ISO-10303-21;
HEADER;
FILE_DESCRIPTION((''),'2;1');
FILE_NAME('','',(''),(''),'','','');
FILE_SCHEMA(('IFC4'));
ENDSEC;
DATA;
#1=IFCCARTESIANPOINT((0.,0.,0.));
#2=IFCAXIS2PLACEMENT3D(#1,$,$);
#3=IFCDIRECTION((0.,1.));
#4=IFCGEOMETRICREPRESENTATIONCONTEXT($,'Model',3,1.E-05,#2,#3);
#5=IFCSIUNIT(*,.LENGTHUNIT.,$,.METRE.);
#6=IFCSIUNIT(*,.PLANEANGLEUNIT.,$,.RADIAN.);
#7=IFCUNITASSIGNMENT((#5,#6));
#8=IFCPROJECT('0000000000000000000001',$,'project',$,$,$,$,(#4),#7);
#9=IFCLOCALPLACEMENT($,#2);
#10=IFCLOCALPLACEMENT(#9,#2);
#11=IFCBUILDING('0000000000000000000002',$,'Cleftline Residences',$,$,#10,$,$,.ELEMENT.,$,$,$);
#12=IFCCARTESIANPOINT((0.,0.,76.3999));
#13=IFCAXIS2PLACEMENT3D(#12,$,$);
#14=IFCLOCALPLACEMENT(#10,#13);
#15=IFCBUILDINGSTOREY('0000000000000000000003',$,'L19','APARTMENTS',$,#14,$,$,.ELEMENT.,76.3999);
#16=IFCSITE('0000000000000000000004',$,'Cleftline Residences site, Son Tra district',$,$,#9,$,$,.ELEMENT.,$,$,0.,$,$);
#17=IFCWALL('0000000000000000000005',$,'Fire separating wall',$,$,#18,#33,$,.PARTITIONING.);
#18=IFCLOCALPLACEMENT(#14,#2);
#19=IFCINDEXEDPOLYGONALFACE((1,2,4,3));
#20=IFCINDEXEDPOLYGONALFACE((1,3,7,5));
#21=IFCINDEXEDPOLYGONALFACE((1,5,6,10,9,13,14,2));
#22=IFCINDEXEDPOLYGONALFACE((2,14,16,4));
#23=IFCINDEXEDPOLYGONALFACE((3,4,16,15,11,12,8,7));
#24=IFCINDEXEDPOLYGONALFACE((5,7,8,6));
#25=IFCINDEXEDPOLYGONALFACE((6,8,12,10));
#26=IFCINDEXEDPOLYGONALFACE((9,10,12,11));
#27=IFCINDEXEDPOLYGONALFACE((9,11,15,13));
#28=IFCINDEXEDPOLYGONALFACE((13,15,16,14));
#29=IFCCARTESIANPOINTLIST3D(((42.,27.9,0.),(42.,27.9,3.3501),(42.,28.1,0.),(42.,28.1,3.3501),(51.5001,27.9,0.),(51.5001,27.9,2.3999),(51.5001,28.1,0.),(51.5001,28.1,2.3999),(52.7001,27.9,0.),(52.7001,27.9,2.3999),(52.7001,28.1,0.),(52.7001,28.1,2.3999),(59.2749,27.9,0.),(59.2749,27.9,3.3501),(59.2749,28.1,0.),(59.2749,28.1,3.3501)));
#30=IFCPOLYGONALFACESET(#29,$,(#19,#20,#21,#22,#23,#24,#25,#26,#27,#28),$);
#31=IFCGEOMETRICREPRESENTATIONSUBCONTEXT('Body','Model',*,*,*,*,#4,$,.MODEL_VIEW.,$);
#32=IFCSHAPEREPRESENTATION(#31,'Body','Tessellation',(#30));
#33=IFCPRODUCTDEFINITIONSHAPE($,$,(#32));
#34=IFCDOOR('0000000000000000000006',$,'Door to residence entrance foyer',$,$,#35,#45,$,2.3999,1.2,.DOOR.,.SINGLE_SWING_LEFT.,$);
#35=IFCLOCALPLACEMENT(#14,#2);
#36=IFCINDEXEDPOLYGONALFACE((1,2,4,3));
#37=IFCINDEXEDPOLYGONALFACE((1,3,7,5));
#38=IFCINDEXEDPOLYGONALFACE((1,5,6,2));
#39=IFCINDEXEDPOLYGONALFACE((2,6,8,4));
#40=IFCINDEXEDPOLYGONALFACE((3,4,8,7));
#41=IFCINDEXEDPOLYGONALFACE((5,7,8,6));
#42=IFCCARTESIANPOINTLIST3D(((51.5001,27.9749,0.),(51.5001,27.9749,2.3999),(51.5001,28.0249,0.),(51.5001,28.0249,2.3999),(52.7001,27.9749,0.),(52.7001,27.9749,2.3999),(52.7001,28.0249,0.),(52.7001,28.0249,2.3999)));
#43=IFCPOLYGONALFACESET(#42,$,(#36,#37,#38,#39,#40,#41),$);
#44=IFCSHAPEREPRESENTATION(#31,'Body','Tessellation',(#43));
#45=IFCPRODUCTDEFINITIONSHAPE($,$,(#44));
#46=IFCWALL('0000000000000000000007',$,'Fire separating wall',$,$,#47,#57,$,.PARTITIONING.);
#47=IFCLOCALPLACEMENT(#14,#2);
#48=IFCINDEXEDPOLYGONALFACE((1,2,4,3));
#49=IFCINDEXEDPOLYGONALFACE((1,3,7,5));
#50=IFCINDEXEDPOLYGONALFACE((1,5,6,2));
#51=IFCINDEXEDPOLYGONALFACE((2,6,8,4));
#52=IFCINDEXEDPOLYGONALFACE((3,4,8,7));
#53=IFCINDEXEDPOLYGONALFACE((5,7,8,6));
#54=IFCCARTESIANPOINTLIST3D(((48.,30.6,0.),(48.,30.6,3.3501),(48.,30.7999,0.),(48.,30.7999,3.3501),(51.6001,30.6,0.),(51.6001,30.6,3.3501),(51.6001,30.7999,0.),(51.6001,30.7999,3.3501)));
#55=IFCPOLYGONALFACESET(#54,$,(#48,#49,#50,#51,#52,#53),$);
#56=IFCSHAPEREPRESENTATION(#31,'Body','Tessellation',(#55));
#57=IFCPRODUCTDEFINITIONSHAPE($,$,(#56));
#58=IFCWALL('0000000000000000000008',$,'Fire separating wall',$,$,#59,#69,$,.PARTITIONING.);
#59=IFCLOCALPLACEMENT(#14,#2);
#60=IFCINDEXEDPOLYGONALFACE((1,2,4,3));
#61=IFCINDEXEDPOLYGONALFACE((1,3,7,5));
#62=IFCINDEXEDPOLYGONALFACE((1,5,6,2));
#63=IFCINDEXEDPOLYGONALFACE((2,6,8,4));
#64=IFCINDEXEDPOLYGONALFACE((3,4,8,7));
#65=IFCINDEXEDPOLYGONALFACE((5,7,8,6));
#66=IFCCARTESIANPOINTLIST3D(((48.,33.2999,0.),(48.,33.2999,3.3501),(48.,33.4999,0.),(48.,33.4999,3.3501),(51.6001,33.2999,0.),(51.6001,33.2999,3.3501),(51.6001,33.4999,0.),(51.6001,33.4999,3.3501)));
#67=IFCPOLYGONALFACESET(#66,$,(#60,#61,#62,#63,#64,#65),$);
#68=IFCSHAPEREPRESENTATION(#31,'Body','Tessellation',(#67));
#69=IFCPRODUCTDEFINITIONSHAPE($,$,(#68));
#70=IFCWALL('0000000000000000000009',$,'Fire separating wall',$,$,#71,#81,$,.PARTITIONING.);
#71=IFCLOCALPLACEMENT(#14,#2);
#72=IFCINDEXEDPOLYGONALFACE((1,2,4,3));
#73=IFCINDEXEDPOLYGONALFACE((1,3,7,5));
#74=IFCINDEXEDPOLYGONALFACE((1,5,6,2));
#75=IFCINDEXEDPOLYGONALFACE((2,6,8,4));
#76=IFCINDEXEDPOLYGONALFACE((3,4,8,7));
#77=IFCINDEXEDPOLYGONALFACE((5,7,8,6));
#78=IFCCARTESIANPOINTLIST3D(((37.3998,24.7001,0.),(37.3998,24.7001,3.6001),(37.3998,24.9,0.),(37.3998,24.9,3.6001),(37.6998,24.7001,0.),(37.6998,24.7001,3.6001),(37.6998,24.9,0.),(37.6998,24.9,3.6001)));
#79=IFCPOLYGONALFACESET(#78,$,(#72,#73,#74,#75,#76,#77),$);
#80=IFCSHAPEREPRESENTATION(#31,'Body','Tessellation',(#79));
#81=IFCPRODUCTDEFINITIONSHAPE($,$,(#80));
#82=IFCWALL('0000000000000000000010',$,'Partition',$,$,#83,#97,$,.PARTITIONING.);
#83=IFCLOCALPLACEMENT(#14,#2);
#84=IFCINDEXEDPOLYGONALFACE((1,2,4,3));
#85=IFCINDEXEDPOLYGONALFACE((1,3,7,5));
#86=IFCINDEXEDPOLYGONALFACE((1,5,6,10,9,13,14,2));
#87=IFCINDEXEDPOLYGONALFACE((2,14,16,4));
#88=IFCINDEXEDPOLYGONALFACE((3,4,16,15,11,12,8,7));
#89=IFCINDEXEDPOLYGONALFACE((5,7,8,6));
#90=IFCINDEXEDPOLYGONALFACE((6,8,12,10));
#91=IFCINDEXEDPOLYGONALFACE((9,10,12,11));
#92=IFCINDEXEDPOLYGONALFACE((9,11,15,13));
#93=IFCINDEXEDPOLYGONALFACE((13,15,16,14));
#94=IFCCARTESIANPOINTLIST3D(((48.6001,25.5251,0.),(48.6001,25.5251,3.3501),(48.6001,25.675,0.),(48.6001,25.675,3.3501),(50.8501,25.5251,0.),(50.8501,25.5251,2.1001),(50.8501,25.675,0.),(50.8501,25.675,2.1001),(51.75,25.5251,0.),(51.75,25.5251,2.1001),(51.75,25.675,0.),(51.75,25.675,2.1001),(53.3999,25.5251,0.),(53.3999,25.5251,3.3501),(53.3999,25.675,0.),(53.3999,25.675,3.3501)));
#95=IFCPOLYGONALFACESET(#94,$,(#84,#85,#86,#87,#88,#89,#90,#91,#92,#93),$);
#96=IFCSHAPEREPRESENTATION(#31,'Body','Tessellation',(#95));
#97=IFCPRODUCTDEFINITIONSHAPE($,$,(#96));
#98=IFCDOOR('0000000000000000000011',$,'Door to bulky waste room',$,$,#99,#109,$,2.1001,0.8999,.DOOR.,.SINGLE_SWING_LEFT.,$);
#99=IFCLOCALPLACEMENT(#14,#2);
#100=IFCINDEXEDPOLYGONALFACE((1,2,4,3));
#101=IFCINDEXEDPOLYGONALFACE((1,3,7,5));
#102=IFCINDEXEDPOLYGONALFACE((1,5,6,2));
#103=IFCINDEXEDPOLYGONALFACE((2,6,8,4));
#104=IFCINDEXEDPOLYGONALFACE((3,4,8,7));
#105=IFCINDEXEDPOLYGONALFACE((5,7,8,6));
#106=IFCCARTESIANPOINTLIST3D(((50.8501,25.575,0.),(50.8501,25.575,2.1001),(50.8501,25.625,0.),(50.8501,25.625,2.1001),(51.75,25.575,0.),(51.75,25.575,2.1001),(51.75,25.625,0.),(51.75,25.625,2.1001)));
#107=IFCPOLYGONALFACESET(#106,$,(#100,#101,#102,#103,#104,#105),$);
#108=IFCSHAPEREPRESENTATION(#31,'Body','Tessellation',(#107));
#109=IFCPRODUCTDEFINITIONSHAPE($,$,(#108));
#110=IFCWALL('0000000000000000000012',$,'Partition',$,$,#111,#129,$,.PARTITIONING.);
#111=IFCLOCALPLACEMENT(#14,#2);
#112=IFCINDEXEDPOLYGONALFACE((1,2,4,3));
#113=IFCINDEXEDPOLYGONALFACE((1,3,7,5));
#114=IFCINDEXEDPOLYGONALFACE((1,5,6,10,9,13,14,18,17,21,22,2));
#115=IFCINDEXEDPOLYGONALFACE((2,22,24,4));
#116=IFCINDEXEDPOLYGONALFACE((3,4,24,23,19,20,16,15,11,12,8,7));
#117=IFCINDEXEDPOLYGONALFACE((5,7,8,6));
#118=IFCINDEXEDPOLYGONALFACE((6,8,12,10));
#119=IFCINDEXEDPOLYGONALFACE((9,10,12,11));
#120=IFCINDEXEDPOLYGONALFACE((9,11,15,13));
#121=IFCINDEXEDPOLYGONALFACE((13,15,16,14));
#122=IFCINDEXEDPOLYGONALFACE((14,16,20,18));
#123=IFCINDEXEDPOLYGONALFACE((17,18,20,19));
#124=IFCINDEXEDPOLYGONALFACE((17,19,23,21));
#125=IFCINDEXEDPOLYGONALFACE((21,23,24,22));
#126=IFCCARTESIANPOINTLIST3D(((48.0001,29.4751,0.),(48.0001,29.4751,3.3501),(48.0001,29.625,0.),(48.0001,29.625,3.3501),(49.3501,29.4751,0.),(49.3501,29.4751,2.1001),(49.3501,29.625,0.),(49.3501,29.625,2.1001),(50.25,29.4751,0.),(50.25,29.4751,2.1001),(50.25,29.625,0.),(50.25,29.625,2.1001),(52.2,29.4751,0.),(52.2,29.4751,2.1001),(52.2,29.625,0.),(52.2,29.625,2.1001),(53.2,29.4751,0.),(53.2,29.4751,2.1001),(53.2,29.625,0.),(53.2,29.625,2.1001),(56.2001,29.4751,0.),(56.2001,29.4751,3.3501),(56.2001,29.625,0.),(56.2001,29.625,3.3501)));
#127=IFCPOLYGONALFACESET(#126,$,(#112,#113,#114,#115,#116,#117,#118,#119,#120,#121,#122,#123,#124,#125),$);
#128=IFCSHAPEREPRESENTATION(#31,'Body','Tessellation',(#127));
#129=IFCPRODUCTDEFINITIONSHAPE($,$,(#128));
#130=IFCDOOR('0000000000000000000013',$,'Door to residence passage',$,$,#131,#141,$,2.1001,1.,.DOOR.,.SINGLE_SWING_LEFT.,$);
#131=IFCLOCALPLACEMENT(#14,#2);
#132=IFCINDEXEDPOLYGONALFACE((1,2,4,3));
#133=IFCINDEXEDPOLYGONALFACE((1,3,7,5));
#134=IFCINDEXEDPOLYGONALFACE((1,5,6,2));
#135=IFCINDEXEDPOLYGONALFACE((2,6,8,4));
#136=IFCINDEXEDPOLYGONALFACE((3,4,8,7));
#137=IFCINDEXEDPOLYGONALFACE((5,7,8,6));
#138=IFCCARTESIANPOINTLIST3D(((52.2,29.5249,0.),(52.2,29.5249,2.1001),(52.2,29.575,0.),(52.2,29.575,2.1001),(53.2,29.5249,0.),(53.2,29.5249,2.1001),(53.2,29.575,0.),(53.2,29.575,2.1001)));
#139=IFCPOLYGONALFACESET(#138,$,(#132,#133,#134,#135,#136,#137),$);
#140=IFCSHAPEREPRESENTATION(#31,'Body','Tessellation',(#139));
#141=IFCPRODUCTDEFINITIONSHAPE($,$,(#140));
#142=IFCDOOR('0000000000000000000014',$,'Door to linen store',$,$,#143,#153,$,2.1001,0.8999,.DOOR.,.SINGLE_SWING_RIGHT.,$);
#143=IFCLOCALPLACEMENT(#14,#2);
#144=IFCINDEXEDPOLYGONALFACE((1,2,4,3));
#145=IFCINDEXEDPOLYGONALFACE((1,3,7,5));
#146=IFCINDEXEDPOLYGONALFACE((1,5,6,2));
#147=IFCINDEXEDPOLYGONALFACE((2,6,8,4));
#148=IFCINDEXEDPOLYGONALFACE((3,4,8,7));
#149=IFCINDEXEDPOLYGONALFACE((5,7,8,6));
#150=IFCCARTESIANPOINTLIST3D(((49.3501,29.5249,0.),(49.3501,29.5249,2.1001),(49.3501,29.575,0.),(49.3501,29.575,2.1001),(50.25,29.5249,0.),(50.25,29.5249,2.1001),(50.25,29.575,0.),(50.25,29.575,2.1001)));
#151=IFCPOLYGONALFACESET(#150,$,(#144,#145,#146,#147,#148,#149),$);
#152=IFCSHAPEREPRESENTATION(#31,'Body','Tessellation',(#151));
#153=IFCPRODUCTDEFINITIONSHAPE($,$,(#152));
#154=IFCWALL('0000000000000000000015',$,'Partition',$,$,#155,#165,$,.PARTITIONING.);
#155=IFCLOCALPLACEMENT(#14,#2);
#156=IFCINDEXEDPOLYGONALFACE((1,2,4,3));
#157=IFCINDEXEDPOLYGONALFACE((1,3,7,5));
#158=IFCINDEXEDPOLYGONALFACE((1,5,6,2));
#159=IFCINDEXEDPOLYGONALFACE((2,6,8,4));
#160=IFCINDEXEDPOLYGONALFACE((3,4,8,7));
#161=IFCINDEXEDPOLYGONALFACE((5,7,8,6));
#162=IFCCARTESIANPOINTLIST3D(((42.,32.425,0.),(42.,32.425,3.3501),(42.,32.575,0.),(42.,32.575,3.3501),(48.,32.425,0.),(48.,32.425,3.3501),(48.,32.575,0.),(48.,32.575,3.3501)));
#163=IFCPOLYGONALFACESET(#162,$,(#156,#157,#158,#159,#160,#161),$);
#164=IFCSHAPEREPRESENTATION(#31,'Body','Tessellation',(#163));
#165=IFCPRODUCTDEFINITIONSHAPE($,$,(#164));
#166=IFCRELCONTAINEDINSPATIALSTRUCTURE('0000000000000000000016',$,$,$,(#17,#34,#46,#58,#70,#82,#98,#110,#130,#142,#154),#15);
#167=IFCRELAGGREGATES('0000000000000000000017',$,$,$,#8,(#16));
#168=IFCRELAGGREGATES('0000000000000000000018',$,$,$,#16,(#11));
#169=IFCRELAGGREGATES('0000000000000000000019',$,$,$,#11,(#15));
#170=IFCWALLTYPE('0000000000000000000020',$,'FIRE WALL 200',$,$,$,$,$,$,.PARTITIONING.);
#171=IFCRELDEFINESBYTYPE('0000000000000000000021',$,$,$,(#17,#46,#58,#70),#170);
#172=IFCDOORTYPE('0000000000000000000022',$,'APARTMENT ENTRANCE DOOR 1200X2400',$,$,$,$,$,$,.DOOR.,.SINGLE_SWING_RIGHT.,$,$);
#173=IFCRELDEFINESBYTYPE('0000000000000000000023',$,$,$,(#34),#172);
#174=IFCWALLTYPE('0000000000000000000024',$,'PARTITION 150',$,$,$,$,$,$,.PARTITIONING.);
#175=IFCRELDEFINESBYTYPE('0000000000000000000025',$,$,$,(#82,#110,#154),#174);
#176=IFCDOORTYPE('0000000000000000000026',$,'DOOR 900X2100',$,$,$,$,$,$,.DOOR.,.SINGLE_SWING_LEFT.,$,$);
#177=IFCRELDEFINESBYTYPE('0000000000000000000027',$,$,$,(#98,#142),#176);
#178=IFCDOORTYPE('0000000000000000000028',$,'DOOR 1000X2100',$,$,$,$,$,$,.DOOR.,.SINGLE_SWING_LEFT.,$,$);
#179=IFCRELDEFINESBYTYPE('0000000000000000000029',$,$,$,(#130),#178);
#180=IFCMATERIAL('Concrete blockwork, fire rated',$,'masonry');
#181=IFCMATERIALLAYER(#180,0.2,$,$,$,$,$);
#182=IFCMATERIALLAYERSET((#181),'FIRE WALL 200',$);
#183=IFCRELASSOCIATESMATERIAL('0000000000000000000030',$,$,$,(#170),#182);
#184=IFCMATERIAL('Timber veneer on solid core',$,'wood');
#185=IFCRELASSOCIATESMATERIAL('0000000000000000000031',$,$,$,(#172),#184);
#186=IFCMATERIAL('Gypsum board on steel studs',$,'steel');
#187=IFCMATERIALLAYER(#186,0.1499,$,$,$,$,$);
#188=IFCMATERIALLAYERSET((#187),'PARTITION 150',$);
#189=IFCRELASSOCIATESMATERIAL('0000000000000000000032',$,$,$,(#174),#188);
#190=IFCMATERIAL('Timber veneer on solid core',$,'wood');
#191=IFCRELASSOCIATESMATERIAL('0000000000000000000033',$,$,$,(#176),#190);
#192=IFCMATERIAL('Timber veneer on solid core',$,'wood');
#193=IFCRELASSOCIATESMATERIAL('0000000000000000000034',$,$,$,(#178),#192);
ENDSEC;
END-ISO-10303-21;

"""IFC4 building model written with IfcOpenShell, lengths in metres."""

from ifc_helpers import new_model, si_unit, direction, frame, frame_2d, origin, place, context, subcontext, project, spatial, rectangle, extrude, material, layer, layer_set, type_object, element, fill, save


model = new_model("IFC4")

# Units and contexts
model_context = context("Model", 3, precision=1e-05, world=origin(), true_north=direction((0.0, 1.0)))
body_context = subcontext(model_context, "Body", "Model", "MODEL_VIEW")
ifc_project = project(units=[si_unit("LENGTHUNIT", "METRE"), si_unit("PLANEANGLEUNIT", "RADIAN")], contexts=[model_context])

# Site, building, storey
site_placement = place(None, origin())
site = spatial("IfcSite", under=ifc_project, at=site_placement, Name="Cleftline Residences site, Son Tra district", CompositionType="ELEMENT", RefElevation=0.0)
building_placement = place(site_placement, origin())
building = spatial("IfcBuilding", under=site, at=building_placement, Name="Cleftline Residences", CompositionType="ELEMENT")
storey_placement = place(building_placement, frame((0.0, 0.0, 76.3999)))
storey = spatial("IfcBuildingStorey", under=building, at=storey_placement, Name="L19", Description="APARTMENTS", CompositionType="ELEMENT", Elevation=76.3999)

# Shared definitions
ifc_material_1 = material(Name="Concrete blockwork, fire rated", Category="masonry")
ifc_layer_1 = layer(ifc_material_1, 0.2)
ifc_layer_set_1 = layer_set([ifc_layer_1], Name="FIRE WALL 200")
wall_type_1 = type_object("IfcWallType", Name="FIRE WALL 200", PredefinedType="PARTITIONING", material=ifc_layer_set_1)

# Wall, opening, door
wall_1_placement = place(storey_placement, frame((42.0, 28.0, 0.0), z_axis=(0.0, 0.0, 1.0), x_axis=(1.0, 0.0, 0.0)))
wall_1 = element("IfcWall", 1, at=wall_1_placement, inside=storey, type_object=wall_type_1, Name="Fire separating wall", PredefinedType="PARTITIONING", context=body_context, shape_type="SweptSolid", body=[
    extrude(rectangle(XDim=17.2749, YDim=0.2, at=frame_2d((8.6375, 0.0))), origin(), (0.0, 0.0, 1.0), 3.3501),
])
opening_1_placement = place(wall_1_placement, frame((9.5, 0.0, 0.0)))
opening_1 = element("IfcOpeningElement", 2, at=opening_1_placement, cuts=wall_1, PredefinedType="OPENING", context=body_context, shape_type="SweptSolid", body=[
    extrude(rectangle(XDim=1.2, YDim=2.3999, at=frame_2d((0.6001, 1.2))), frame((0.0, 0.1099, 0.0), z_axis=(0.0, -1.0, 0.0), x_axis=(1.0, 0.0, 0.0)), (0.0, 0.0, 1.0), 0.22),
])
ifc_material_2 = material(Name="Timber veneer on solid core", Category="wood")
door_type_1 = type_object("IfcDoorType", Name="APARTMENT ENTRANCE DOOR 1200X2400", OperationType="SINGLE_SWING_RIGHT", PredefinedType="DOOR", material=ifc_material_2)
door_1_placement = place(opening_1_placement, origin())
door_1 = element("IfcDoor", 3, at=door_1_placement, inside=storey, type_object=door_type_1, Name="Door to residence entrance foyer", OperationType="SINGLE_SWING_LEFT", OverallHeight=2.3999, OverallWidth=1.2, PredefinedType="DOOR", context=body_context, shape_type="SweptSolid", body=[
    extrude(rectangle(XDim=1.2, YDim=2.3999, at=frame_2d((0.6001, 1.2))), frame((0.0, 0.0249, 0.0), z_axis=(0.0, -1.0, 0.0), x_axis=(1.0, 0.0, 0.0)), (0.0, 0.0, 1.0), 0.05),
])
fill(opening_1, door_1)

# Walls
for number, where, z_axis, x_axis, name in (
    (4, (48.0, 30.7, 0.0), (0.0, 0.0, 1.0), (1.0, 0.0, 0.0), "Fire separating wall"),
    (5, (48.0, 33.3999, 0.0), (0.0, 0.0, 1.0), (1.0, 0.0, 0.0), "Fire separating wall"),
):
    element("IfcWall", number, at=place(storey_placement, frame(where, z_axis=z_axis, x_axis=x_axis)), inside=storey, type_object=wall_type_1, Name=name, PredefinedType="PARTITIONING", context=body_context, shape_type="SweptSolid", body=[
        extrude(rectangle(XDim=3.6001, YDim=0.2, at=frame_2d((1.8, 0.0))), origin(), (0.0, 0.0, 1.0), 3.3501),
    ])
wall_2_placement = place(storey_placement, frame((37.3999, 24.8, 0.0), z_axis=(0.0, 0.0, 1.0), x_axis=(1.0, 0.0, 0.0)))
element("IfcWall", 6, at=wall_2_placement, inside=storey, type_object=wall_type_1, Name="Fire separating wall", PredefinedType="PARTITIONING", context=body_context, shape_type="SweptSolid", body=[
    extrude(rectangle(XDim=0.3, YDim=0.2, at=frame_2d((0.1499, 0.0))), origin(), (0.0, 0.0, 1.0), 3.6001),
])

# Wall, opening, door
ifc_material_3 = material(Name="Gypsum board on steel studs", Category="steel")
ifc_layer_2 = layer(ifc_material_3, 0.1499)
ifc_layer_set_2 = layer_set([ifc_layer_2], Name="PARTITION 150")
wall_type_2 = type_object("IfcWallType", Name="PARTITION 150", PredefinedType="PARTITIONING", material=ifc_layer_set_2)
wall_3_placement = place(storey_placement, frame((48.6001, 25.6001, 0.0), z_axis=(0.0, 0.0, 1.0), x_axis=(1.0, 0.0, 0.0)))
wall_3 = element("IfcWall", 7, at=wall_3_placement, inside=storey, type_object=wall_type_2, Name="Partition", PredefinedType="PARTITIONING", context=body_context, shape_type="SweptSolid", body=[
    extrude(rectangle(XDim=4.7998, YDim=0.1499, at=frame_2d((2.3999, 0.0))), origin(), (0.0, 0.0, 1.0), 3.3501),
])
opening_2_placement = place(wall_3_placement, frame((2.25, 0.0, 0.0)))
opening_2 = element("IfcOpeningElement", 8, at=opening_2_placement, cuts=wall_3, PredefinedType="OPENING", context=body_context, shape_type="SweptSolid", body=[
    extrude(rectangle(XDim=0.8999, YDim=2.1001, at=frame_2d((0.45, 1.05))), frame((0.0, 0.085, 0.0), z_axis=(0.0, -1.0, 0.0), x_axis=(1.0, 0.0, 0.0)), (0.0, 0.0, 1.0), 0.1699),
])
ifc_material_4 = material(Name="Timber veneer on solid core", Category="wood")
door_type_2 = type_object("IfcDoorType", Name="DOOR 900X2100", OperationType="SINGLE_SWING_LEFT", PredefinedType="DOOR", material=ifc_material_4)
door_2_placement = place(opening_2_placement, origin())
door_2 = element("IfcDoor", 9, at=door_2_placement, inside=storey, type_object=door_type_2, Name="Door to bulky waste room", OperationType="SINGLE_SWING_LEFT", OverallHeight=2.1001, OverallWidth=0.8999, PredefinedType="DOOR", context=body_context, shape_type="SweptSolid", body=[
    extrude(rectangle(XDim=0.8999, YDim=2.1001, at=frame_2d((0.45, 1.05))), frame((0.0, 0.0249, 0.0), z_axis=(0.0, -1.0, 0.0), x_axis=(1.0, 0.0, 0.0)), (0.0, 0.0, 1.0), 0.05),
])
fill(opening_2, door_2)

# Wall, openings, doors
wall_4_placement = place(storey_placement, frame((48.0, 29.55, 0.0), z_axis=(0.0, 0.0, 1.0), x_axis=(1.0, 0.0, 0.0)))
wall_4 = element("IfcWall", 10, at=wall_4_placement, inside=storey, type_object=wall_type_2, Name="Partition", PredefinedType="PARTITIONING", context=body_context, shape_type="SweptSolid", body=[
    extrude(rectangle(XDim=8.2, YDim=0.1499, at=frame_2d((4.1001, 0.0))), origin(), (0.0, 0.0, 1.0), 3.3501),
])
opening_3_placement = place(wall_4_placement, frame((4.2, 0.0, 0.0)))
opening_3 = element("IfcOpeningElement", 11, at=opening_3_placement, cuts=wall_4, PredefinedType="OPENING", context=body_context, shape_type="SweptSolid", body=[
    extrude(rectangle(XDim=1.0, YDim=2.1001, at=frame_2d((0.5, 1.05))), frame((0.0, 0.085, 0.0), z_axis=(0.0, -1.0, 0.0), x_axis=(1.0, 0.0, 0.0)), (0.0, 0.0, 1.0), 0.1699),
])
opening_4_placement = place(wall_4_placement, frame((1.3501, 0.0, 0.0)))
opening_4 = element("IfcOpeningElement", 12, at=opening_4_placement, cuts=wall_4, PredefinedType="OPENING", context=body_context, shape_type="SweptSolid", body=[
    extrude(rectangle(XDim=0.8999, YDim=2.1001, at=frame_2d((0.45, 1.05))), frame((0.0, 0.085, 0.0), z_axis=(0.0, -1.0, 0.0), x_axis=(1.0, 0.0, 0.0)), (0.0, 0.0, 1.0), 0.1699),
])
ifc_material_5 = material(Name="Timber veneer on solid core", Category="wood")
door_type_3 = type_object("IfcDoorType", Name="DOOR 1000X2100", OperationType="SINGLE_SWING_LEFT", PredefinedType="DOOR", material=ifc_material_5)
door_3_placement = place(opening_3_placement, origin())
door_3 = element("IfcDoor", 13, at=door_3_placement, inside=storey, type_object=door_type_3, Name="Door to residence passage", OperationType="SINGLE_SWING_LEFT", OverallHeight=2.1001, OverallWidth=1.0, PredefinedType="DOOR", context=body_context, shape_type="SweptSolid", body=[
    extrude(rectangle(XDim=1.0, YDim=2.1001, at=frame_2d((0.5, 1.05))), frame((0.0, 0.0249, 0.0), z_axis=(0.0, -1.0, 0.0), x_axis=(1.0, 0.0, 0.0)), (0.0, 0.0, 1.0), 0.05),
])
fill(opening_3, door_3)
door_4_placement = place(opening_4_placement, origin())
door_4 = element("IfcDoor", 14, at=door_4_placement, inside=storey, type_object=door_type_2, Name="Door to linen store", OperationType="SINGLE_SWING_RIGHT", OverallHeight=2.1001, OverallWidth=0.8999, PredefinedType="DOOR", context=body_context, shape_type="SweptSolid", body=[
    extrude(rectangle(XDim=0.8999, YDim=2.1001, at=frame_2d((0.45, 1.05))), frame((0.0, 0.0249, 0.0), z_axis=(0.0, -1.0, 0.0), x_axis=(1.0, 0.0, 0.0)), (0.0, 0.0, 1.0), 0.05),
])
fill(opening_4, door_4)

# Wall
wall_5_placement = place(storey_placement, frame((42.0, 32.5, 0.0), z_axis=(0.0, 0.0, 1.0), x_axis=(1.0, 0.0, 0.0)))
element("IfcWall", 15, at=wall_5_placement, inside=storey, type_object=wall_type_2, Name="Partition", PredefinedType="PARTITIONING", context=body_context, shape_type="SweptSolid", body=[
    extrude(rectangle(XDim=6.0, YDim=0.1499, at=frame_2d((3.0, 0.0))), origin(), (0.0, 0.0, 1.0), 3.3501),
])

save(model, "model.ifc")
